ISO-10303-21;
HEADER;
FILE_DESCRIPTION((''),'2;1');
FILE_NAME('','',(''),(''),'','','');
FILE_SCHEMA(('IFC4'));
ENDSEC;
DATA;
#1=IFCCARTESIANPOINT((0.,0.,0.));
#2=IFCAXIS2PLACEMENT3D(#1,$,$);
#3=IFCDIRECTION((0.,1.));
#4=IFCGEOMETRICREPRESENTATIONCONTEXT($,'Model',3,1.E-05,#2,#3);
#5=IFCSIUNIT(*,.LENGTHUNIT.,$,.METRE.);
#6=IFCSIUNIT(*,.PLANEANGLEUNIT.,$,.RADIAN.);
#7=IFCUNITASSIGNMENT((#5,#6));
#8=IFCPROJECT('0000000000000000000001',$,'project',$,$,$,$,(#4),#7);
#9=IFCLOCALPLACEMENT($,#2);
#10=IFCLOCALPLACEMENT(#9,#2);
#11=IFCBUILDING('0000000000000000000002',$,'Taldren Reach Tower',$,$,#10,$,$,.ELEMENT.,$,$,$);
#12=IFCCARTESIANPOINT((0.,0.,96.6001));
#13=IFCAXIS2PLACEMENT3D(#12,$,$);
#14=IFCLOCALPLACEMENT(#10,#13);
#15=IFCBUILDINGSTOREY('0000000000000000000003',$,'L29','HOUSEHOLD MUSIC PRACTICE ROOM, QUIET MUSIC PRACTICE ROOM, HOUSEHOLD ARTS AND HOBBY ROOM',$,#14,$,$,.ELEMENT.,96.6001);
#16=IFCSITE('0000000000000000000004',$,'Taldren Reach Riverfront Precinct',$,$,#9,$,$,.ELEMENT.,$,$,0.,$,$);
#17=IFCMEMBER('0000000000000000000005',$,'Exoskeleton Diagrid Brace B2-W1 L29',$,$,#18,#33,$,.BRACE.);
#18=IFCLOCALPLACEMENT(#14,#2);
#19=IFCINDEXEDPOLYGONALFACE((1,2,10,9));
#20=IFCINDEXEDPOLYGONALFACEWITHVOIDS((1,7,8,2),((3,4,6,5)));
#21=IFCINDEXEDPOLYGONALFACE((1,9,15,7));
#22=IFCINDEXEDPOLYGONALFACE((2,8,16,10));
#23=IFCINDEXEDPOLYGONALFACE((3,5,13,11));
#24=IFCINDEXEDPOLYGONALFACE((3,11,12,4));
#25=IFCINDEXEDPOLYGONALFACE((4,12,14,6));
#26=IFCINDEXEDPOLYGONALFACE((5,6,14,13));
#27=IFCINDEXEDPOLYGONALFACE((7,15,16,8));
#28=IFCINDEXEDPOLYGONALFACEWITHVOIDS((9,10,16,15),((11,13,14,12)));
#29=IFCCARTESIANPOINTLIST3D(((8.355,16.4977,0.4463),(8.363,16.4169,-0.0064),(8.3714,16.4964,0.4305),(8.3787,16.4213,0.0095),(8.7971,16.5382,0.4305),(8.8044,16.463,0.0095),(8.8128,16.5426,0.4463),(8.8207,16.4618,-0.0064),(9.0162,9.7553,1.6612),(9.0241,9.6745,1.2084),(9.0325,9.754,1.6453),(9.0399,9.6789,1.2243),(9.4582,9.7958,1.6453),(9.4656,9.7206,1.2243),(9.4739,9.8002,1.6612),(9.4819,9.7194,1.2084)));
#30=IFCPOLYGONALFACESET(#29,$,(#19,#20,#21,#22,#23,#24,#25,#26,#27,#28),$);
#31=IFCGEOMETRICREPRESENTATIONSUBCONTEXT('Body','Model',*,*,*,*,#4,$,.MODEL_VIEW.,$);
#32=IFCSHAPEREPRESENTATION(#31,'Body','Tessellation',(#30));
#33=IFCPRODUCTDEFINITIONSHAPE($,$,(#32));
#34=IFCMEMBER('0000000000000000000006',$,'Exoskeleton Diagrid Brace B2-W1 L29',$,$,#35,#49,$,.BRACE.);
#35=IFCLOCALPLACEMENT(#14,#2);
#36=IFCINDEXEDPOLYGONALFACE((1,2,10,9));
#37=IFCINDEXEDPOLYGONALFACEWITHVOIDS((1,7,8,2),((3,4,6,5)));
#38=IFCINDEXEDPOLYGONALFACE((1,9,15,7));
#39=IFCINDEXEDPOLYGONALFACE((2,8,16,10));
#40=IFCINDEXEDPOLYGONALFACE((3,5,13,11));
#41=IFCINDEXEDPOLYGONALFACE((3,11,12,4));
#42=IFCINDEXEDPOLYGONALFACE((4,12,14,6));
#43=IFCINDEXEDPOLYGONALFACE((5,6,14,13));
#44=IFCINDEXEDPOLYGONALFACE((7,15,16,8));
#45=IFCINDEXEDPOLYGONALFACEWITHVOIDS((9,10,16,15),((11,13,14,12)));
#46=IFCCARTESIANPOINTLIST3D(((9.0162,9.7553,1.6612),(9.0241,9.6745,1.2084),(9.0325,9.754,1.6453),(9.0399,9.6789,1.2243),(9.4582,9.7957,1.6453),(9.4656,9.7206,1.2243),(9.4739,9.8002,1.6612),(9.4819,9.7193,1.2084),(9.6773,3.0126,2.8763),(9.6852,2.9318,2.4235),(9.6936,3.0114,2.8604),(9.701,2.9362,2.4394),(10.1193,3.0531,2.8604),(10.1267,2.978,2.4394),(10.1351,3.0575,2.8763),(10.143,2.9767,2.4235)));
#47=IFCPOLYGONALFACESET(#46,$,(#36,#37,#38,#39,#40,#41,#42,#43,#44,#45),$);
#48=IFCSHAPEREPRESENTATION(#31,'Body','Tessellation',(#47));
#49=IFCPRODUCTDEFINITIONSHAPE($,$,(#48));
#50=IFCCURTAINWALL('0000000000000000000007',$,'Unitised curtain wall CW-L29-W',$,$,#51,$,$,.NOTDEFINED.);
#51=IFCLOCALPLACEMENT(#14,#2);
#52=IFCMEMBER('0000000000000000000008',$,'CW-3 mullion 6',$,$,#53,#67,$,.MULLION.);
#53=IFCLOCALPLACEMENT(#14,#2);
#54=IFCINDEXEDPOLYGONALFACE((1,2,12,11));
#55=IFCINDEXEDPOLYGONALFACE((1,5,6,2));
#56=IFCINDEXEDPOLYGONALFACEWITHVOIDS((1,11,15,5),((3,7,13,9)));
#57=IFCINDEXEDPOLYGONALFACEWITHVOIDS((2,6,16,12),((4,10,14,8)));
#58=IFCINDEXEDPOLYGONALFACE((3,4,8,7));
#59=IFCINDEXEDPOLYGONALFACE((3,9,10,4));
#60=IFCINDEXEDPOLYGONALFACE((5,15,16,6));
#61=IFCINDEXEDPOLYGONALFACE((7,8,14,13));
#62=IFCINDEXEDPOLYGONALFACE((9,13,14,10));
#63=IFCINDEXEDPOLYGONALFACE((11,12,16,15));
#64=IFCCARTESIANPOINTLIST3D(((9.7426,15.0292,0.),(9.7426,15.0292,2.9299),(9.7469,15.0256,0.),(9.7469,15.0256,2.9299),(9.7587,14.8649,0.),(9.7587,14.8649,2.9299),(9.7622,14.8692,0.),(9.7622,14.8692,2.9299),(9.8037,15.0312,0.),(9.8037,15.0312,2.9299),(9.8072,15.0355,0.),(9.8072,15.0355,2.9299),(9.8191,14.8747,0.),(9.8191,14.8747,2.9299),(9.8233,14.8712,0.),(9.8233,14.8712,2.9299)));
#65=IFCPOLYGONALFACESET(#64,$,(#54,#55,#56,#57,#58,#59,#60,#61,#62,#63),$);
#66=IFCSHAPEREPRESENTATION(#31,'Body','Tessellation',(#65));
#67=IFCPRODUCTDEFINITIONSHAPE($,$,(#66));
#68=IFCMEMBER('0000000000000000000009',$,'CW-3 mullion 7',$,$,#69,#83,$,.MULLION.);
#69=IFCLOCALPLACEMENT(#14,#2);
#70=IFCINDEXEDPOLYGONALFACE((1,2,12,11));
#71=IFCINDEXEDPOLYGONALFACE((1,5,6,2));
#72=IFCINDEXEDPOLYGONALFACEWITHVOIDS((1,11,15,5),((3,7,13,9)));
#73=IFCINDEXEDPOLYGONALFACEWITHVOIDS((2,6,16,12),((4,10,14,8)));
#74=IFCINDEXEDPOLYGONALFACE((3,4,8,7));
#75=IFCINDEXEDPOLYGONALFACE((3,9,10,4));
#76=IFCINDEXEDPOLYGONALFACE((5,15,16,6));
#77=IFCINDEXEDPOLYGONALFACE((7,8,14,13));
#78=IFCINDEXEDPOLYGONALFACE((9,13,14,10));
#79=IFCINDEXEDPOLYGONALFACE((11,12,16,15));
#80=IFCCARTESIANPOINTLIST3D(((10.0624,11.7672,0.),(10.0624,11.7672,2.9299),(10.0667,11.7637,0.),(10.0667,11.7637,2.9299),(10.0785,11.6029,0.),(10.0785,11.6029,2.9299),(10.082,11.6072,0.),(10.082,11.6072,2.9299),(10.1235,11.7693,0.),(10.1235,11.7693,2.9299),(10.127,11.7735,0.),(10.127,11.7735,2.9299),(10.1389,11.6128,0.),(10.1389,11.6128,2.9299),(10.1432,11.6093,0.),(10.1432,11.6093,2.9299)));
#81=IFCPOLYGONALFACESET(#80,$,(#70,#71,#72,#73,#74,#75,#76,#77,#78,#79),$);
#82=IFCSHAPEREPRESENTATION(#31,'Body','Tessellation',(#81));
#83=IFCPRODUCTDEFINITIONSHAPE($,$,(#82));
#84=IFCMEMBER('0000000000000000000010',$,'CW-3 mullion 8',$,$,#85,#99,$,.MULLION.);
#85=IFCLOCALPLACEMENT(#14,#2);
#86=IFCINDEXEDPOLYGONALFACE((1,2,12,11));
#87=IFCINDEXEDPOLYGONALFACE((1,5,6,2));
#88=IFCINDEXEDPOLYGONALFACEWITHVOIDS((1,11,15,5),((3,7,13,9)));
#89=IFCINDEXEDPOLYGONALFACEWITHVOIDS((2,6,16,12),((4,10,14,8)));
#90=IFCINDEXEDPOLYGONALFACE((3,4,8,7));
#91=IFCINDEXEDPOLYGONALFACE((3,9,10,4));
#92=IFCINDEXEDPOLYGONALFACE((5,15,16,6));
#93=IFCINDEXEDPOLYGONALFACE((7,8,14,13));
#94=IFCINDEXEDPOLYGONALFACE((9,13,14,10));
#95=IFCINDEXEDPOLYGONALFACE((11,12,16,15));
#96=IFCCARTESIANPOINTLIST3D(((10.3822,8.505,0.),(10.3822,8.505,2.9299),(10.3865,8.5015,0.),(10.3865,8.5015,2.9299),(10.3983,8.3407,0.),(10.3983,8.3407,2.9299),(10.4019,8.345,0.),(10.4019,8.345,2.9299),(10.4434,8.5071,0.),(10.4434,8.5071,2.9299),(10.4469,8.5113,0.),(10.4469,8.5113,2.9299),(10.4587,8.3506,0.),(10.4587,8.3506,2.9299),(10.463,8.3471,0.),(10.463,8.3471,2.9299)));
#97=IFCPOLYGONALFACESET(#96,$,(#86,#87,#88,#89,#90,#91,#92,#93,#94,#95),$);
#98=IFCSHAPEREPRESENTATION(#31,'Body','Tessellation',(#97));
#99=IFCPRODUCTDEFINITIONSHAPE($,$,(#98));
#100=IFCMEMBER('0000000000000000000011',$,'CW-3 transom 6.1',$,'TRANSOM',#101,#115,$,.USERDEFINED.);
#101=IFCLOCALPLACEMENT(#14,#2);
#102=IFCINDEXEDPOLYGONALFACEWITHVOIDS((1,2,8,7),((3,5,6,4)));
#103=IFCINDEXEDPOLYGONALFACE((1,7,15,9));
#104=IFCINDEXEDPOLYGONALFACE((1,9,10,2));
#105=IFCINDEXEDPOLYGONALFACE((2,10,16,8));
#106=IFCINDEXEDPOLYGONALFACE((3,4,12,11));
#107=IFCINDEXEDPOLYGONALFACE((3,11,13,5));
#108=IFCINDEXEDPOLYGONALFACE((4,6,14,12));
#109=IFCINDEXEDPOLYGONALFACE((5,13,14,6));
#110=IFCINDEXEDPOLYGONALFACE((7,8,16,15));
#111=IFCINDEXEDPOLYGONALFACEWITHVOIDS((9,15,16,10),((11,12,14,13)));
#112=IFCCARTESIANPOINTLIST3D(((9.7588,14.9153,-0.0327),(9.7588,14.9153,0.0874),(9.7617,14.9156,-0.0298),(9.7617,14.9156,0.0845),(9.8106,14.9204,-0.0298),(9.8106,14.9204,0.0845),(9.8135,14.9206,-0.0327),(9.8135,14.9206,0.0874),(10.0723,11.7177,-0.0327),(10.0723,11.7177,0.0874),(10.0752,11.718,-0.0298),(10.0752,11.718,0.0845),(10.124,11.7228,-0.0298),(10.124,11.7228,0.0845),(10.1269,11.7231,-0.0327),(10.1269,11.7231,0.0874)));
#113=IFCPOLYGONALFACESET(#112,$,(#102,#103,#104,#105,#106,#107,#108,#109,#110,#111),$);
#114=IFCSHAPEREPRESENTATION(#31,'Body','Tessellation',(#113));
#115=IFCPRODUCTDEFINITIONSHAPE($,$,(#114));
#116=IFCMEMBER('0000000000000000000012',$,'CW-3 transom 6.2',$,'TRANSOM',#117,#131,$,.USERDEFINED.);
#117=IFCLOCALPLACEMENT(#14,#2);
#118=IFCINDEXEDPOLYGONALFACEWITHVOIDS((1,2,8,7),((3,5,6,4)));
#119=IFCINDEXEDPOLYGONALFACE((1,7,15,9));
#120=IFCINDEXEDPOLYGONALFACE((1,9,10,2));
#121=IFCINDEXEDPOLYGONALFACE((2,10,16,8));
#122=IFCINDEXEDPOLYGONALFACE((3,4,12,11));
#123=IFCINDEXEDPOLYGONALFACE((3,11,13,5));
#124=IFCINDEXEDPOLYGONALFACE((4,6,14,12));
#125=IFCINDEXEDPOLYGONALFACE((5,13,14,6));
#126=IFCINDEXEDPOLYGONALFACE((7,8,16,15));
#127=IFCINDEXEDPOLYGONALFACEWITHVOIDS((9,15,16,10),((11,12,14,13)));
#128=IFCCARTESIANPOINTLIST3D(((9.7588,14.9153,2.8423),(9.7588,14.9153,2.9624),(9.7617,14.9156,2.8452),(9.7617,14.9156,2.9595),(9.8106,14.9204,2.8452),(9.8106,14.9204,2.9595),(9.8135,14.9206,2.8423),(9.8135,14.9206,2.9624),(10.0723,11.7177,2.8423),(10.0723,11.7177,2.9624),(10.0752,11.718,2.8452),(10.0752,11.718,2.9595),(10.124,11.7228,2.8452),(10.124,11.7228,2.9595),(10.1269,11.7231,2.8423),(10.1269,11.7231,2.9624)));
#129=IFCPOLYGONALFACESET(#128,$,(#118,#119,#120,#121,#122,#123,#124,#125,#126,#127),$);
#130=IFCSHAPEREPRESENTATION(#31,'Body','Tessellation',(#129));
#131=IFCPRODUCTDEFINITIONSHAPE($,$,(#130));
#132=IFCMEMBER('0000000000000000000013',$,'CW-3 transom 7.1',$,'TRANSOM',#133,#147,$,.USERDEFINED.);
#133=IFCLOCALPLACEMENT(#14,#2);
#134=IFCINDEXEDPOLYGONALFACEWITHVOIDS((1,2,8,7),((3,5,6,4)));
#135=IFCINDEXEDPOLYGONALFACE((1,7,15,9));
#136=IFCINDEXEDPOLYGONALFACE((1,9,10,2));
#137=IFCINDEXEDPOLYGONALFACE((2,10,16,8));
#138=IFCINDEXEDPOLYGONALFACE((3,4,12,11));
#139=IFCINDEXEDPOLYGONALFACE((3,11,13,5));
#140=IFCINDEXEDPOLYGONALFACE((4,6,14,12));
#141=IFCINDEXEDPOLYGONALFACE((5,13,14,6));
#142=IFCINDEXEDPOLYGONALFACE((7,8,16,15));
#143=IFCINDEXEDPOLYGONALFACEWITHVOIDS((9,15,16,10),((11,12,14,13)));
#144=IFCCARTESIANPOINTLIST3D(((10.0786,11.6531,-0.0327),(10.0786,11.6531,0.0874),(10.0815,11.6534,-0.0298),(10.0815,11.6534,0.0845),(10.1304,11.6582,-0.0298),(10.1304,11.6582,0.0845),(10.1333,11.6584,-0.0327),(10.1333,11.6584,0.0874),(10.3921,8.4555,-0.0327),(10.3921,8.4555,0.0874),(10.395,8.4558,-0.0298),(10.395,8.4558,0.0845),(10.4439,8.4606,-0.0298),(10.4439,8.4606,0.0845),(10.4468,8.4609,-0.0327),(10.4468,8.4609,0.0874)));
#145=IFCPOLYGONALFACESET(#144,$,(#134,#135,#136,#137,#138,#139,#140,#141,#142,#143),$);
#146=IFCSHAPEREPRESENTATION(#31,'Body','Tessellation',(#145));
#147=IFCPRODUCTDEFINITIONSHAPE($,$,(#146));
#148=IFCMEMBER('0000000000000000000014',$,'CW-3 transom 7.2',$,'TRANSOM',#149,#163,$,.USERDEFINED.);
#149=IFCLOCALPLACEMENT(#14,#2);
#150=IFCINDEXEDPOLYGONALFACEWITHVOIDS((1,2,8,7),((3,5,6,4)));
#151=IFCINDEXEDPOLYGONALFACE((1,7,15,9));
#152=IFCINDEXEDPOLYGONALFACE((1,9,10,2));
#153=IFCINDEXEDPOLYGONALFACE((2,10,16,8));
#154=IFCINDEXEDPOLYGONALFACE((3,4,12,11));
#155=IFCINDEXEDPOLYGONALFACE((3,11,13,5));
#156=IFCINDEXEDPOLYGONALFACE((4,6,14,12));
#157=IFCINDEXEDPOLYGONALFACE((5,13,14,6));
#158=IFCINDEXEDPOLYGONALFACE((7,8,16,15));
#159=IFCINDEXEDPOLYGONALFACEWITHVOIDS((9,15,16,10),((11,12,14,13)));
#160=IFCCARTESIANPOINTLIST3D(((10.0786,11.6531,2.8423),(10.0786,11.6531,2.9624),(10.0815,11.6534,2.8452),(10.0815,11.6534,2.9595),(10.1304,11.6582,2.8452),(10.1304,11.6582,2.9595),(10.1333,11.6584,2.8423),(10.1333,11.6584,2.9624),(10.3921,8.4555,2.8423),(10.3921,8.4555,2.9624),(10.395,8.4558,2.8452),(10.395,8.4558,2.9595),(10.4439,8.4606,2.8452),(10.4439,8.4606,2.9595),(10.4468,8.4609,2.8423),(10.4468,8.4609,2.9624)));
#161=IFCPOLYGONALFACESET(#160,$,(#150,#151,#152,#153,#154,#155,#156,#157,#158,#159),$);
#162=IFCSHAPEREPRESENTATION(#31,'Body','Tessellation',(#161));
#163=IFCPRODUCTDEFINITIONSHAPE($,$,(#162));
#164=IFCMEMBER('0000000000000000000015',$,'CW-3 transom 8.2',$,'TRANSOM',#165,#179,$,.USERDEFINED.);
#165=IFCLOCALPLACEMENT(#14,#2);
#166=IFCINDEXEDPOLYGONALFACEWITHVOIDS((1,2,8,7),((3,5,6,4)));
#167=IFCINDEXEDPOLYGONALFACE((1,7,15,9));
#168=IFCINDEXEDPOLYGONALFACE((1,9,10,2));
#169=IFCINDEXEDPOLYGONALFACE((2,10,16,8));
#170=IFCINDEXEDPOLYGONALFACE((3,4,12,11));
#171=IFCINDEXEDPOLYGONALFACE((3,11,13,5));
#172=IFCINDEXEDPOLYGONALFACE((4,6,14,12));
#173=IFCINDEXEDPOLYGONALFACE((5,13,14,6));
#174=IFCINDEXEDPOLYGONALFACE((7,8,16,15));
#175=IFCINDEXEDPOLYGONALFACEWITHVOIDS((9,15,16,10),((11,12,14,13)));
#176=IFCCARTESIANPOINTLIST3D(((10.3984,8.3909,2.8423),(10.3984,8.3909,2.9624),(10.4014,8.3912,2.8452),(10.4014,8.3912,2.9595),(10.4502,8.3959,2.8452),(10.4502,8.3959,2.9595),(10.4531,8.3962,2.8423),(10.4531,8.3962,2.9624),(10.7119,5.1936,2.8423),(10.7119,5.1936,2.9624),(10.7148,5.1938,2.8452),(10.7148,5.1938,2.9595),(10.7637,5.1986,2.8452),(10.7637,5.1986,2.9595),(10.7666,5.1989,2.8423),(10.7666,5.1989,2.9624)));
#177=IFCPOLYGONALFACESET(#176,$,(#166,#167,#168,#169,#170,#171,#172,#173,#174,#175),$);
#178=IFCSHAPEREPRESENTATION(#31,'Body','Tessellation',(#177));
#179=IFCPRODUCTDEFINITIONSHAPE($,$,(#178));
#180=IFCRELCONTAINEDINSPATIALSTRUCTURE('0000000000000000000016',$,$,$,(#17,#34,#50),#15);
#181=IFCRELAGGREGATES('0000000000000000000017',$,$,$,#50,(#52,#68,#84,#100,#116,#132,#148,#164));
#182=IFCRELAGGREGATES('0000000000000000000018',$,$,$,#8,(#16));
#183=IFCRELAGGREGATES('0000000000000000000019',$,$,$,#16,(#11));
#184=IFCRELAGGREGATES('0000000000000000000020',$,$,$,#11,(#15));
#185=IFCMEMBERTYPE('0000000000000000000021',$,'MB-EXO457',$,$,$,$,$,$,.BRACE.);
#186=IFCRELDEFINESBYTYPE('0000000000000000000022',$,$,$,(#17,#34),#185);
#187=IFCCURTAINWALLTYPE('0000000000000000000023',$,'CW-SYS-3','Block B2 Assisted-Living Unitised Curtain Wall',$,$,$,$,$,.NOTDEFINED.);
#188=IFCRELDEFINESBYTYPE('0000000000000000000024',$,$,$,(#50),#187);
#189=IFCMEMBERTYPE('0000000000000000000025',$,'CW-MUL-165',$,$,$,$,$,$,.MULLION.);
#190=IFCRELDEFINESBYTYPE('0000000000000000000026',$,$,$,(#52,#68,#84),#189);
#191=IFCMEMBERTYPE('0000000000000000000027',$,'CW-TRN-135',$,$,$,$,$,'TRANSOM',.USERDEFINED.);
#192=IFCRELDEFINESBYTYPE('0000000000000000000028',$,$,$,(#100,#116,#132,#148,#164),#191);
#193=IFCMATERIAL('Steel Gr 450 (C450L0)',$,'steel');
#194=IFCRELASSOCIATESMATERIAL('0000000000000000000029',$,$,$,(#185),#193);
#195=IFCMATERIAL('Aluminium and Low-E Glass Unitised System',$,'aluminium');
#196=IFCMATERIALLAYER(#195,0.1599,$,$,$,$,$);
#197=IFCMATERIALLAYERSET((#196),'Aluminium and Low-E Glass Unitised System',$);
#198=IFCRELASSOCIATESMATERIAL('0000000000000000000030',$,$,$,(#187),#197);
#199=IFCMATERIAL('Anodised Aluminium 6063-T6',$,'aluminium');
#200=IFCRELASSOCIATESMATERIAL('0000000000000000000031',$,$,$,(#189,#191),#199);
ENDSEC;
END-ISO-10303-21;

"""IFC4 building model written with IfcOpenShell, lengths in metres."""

from ifc_helpers import new_model, si_unit, direction, frame, origin, origin_2d, place, context, subcontext, project, spatial, hollow_rectangle, extrude, source, transform, mapped, material, layer, layer_set, material_profile, profile_set, type_object, element, aggregate, save


model = new_model("IFC4")

# Units and contexts
model_context = context("Model", 3, precision=1e-05, world=origin(), true_north=direction((0.0, 1.0)))
body_context = subcontext(model_context, "Body", "Model", "MODEL_VIEW")
ifc_project = project(units=[si_unit("LENGTHUNIT", "METRE"), si_unit("PLANEANGLEUNIT", "RADIAN")], contexts=[model_context])

# Site, building, storey
site_placement = place(None, origin())
site = spatial("IfcSite", under=ifc_project, at=site_placement, Name="Taldren Reach Riverfront Precinct", CompositionType="ELEMENT", RefElevation=0.0)
building_placement = place(site_placement, origin())
building = spatial("IfcBuilding", under=site, at=building_placement, Name="Taldren Reach Tower", CompositionType="ELEMENT")
storey_placement = place(building_placement, frame((0.0, 0.0, 96.6001)))
storey = spatial("IfcBuildingStorey", under=building, at=storey_placement, Name="L29", Description="HOUSEHOLD MUSIC PRACTICE ROOM, QUIET MUSIC PRACTICE ROOM, HOUSEHOLD ARTS AND HOBBY ROOM", CompositionType="ELEMENT", Elevation=96.6001)

# Members
ifc_material_1 = material(Name="Steel Gr 450 (C450L0)", Category="steel")
ifc_material_profile_1 = material_profile(ifc_material_1, hollow_rectangle(XDim=0.46, YDim=0.46, WallThickness=0.0161, at=origin_2d()), Name="460x460x16.0SHS")
ifc_profile_set_1 = profile_set([ifc_material_profile_1], Name="Steel Gr 450 (C450L0)")
member_type_1 = type_object("IfcMemberType", Name="MB-EXO457", PredefinedType="BRACE", material=ifc_profile_set_1)
shared_shape_1 = source(origin(), body_context, "Body", "SweptSolid", [
    extrude(hollow_rectangle(XDim=0.46, YDim=0.46, WallThickness=0.0161, at=origin_2d()), origin(), (0.0, 0.0, 1.0), 6.8828),
])
member_1_placement = place(storey_placement, frame((8.5879, 16.4797, 0.22), z_axis=(0.096055, -0.979602, 0.176504), x_axis=(0.995227, 0.097588, 0.0)))
element("IfcMember", 1, at=member_1_placement, inside=storey, type_object=member_type_1, Name="Exoskeleton Diagrid Brace B2-W1 L29", PredefinedType="BRACE", context=body_context, shape_type="MappedRepresentation", body=[
    mapped(shared_shape_1, transform((0.0, 0.0, 0.0), scale=1.0)),
])
shared_shape_2 = source(origin(), body_context, "Body", "SweptSolid", [
    extrude(hollow_rectangle(XDim=0.46, YDim=0.46, WallThickness=0.0161, at=origin_2d()), origin(), (0.0, 0.0, 1.0), 6.8831),
])
member_2_placement = place(storey_placement, frame((9.249, 9.7373, 1.4348), z_axis=(0.096051, -0.979597, 0.176532), x_axis=(0.995227, 0.097584, 0.0)))
element("IfcMember", 2, at=member_2_placement, inside=storey, type_object=member_type_1, Name="Exoskeleton Diagrid Brace B2-W1 L29", PredefinedType="BRACE", context=body_context, shape_type="MappedRepresentation", body=[
    mapped(shared_shape_2, transform((0.0, 0.0, 0.0), scale=1.0)),
])

# Curtain wall, members
ifc_material_2 = material(Name="Aluminium and Low-E Glass Unitised System", Category="aluminium")
ifc_layer_1 = layer(ifc_material_2, 0.1599)
ifc_layer_set_1 = layer_set([ifc_layer_1], Name="Aluminium and Low-E Glass Unitised System")
curtain_wall_type = type_object("IfcCurtainWallType", Name="CW-SYS-3", Description="Block B2 Assisted-Living Unitised Curtain Wall", PredefinedType="NOTDEFINED", material=ifc_layer_set_1)
curtain_wall_placement = place(storey_placement, origin())
curtain_wall = element("IfcCurtainWall", 3, at=curtain_wall_placement, inside=storey, type_object=curtain_wall_type, Name="Unitised curtain wall CW-L29-W", PredefinedType="NOTDEFINED")
ifc_material_3 = material(Name="Anodised Aluminium 6063-T6", Category="aluminium")
ifc_material_profile_2 = material_profile(ifc_material_3, hollow_rectangle(XDim=0.0649, YDim=0.165, WallThickness=0.0039, at=origin_2d()), Name="ALU-165x65x4RHS")
ifc_profile_set_2 = profile_set([ifc_material_profile_2], Name="Anodised Aluminium 6063-T6")
member_type_2 = type_object("IfcMemberType", Name="CW-MUL-165", PredefinedType="MULLION", material=ifc_profile_set_2)
shared_shape_3 = source(origin(), body_context, "Body", "SweptSolid", [
    extrude(hollow_rectangle(XDim=0.0649, YDim=0.165, WallThickness=0.0039, at=origin_2d()), origin(), (0.0, 0.0, 1.0), 2.9299),
])
member_3_placement = place(storey_placement, frame((9.783, 14.9502, 0.0), z_axis=(0.0, 0.0, 1.0), x_axis=(0.995227, 0.097583, 0.0)))
member_3 = element("IfcMember", 4, at=member_3_placement, type_object=member_type_2, Name="CW-3 mullion 6", PredefinedType="MULLION", context=body_context, shape_type="MappedRepresentation", body=[
    mapped(shared_shape_3, transform((0.0, 0.0, 0.0), scale=1.0)),
])
member_4_placement = place(storey_placement, frame((10.1028, 11.6882, 0.0), z_axis=(0.0, 0.0, 1.0), x_axis=(0.995227, 0.097583, 0.0)))
member_4 = element("IfcMember", 5, at=member_4_placement, type_object=member_type_2, Name="CW-3 mullion 7", PredefinedType="MULLION", context=body_context, shape_type="MappedRepresentation", body=[
    mapped(shared_shape_3, transform((0.0, 0.0, 0.0), scale=1.0)),
])
member_5_placement = place(storey_placement, frame((10.4226, 8.426, 0.0), z_axis=(0.0, 0.0, 1.0), x_axis=(0.995227, 0.097583, 0.0)))
member_5 = element("IfcMember", 6, at=member_5_placement, type_object=member_type_2, Name="CW-3 mullion 8", PredefinedType="MULLION", context=body_context, shape_type="MappedRepresentation", body=[
    mapped(shared_shape_3, transform((0.0, 0.0, 0.0), scale=1.0)),
])
ifc_material_profile_3 = material_profile(ifc_material_3, hollow_rectangle(XDim=0.0549, YDim=0.1201, WallThickness=0.0029, at=origin_2d()), Name="ALU-120x55x3RHS")
ifc_profile_set_3 = profile_set([ifc_material_profile_3], Name="Anodised Aluminium 6063-T6")
member_type_3 = type_object("IfcMemberType", Name="CW-TRN-135", ElementType="TRANSOM", PredefinedType="USERDEFINED", material=ifc_profile_set_3)
shared_shape_4 = source(origin(), body_context, "Body", "SweptSolid", [
    extrude(hollow_rectangle(XDim=0.0549, YDim=0.1201, WallThickness=0.0029, at=origin_2d()), origin(), (0.0, 0.0, 1.0), 3.2129),
])
member_6_placement = place(storey_placement, frame((9.7861, 14.918, 0.0273), z_axis=(0.09757, -0.995229, 0.0), x_axis=(0.995229, 0.09757, 0.0)))
member_6 = element("IfcMember", 7, at=member_6_placement, type_object=member_type_3, Name="CW-3 transom 6.1", ObjectType="TRANSOM", PredefinedType="USERDEFINED", context=body_context, shape_type="MappedRepresentation", body=[
    mapped(shared_shape_4, transform((0.0, 0.0, 0.0), scale=1.0)),
])
member_7_placement = place(storey_placement, frame((9.7861, 14.918, 2.9023), z_axis=(0.09757, -0.995229, 0.0), x_axis=(0.995229, 0.09757, 0.0)))
member_7 = element("IfcMember", 8, at=member_7_placement, type_object=member_type_3, Name="CW-3 transom 6.2", ObjectType="TRANSOM", PredefinedType="USERDEFINED", context=body_context, shape_type="MappedRepresentation", body=[
    mapped(shared_shape_4, transform((0.0, 0.0, 0.0), scale=1.0)),
])
member_8_placement = place(storey_placement, frame((10.106, 11.6558, 0.0273), z_axis=(0.09757, -0.995229, 0.0), x_axis=(0.995229, 0.09757, 0.0)))
member_8 = element("IfcMember", 9, at=member_8_placement, type_object=member_type_3, Name="CW-3 transom 7.1", ObjectType="TRANSOM", PredefinedType="USERDEFINED", context=body_context, shape_type="MappedRepresentation", body=[
    mapped(shared_shape_4, transform((0.0, 0.0, 0.0), scale=1.0)),
])
member_9_placement = place(storey_placement, frame((10.106, 11.6558, 2.9023), z_axis=(0.09757, -0.995229, 0.0), x_axis=(0.995229, 0.09757, 0.0)))
member_9 = element("IfcMember", 10, at=member_9_placement, type_object=member_type_3, Name="CW-3 transom 7.2", ObjectType="TRANSOM", PredefinedType="USERDEFINED", context=body_context, shape_type="MappedRepresentation", body=[
    mapped(shared_shape_4, transform((0.0, 0.0, 0.0), scale=1.0)),
])
shared_shape_5 = source(origin(), body_context, "Body", "SweptSolid", [
    extrude(hollow_rectangle(XDim=0.0549, YDim=0.1201, WallThickness=0.0029, at=origin_2d()), origin(), (0.0, 0.0, 1.0), 3.2126),
])
member_10_placement = place(storey_placement, frame((10.4258, 8.3936, 2.9023), z_axis=(0.097577, -0.995228, 0.0), x_axis=(0.995228, 0.097577, 0.0)))
member_10 = element("IfcMember", 11, at=member_10_placement, type_object=member_type_3, Name="CW-3 transom 8.2", ObjectType="TRANSOM", PredefinedType="USERDEFINED", context=body_context, shape_type="MappedRepresentation", body=[
    mapped(shared_shape_5, transform((0.0, 0.0, 0.0), scale=1.0)),
])

aggregate(curtain_wall, [member_3, member_4, member_5, member_6, member_7, member_8, member_9, member_10])

save(model, "model.ifc")
